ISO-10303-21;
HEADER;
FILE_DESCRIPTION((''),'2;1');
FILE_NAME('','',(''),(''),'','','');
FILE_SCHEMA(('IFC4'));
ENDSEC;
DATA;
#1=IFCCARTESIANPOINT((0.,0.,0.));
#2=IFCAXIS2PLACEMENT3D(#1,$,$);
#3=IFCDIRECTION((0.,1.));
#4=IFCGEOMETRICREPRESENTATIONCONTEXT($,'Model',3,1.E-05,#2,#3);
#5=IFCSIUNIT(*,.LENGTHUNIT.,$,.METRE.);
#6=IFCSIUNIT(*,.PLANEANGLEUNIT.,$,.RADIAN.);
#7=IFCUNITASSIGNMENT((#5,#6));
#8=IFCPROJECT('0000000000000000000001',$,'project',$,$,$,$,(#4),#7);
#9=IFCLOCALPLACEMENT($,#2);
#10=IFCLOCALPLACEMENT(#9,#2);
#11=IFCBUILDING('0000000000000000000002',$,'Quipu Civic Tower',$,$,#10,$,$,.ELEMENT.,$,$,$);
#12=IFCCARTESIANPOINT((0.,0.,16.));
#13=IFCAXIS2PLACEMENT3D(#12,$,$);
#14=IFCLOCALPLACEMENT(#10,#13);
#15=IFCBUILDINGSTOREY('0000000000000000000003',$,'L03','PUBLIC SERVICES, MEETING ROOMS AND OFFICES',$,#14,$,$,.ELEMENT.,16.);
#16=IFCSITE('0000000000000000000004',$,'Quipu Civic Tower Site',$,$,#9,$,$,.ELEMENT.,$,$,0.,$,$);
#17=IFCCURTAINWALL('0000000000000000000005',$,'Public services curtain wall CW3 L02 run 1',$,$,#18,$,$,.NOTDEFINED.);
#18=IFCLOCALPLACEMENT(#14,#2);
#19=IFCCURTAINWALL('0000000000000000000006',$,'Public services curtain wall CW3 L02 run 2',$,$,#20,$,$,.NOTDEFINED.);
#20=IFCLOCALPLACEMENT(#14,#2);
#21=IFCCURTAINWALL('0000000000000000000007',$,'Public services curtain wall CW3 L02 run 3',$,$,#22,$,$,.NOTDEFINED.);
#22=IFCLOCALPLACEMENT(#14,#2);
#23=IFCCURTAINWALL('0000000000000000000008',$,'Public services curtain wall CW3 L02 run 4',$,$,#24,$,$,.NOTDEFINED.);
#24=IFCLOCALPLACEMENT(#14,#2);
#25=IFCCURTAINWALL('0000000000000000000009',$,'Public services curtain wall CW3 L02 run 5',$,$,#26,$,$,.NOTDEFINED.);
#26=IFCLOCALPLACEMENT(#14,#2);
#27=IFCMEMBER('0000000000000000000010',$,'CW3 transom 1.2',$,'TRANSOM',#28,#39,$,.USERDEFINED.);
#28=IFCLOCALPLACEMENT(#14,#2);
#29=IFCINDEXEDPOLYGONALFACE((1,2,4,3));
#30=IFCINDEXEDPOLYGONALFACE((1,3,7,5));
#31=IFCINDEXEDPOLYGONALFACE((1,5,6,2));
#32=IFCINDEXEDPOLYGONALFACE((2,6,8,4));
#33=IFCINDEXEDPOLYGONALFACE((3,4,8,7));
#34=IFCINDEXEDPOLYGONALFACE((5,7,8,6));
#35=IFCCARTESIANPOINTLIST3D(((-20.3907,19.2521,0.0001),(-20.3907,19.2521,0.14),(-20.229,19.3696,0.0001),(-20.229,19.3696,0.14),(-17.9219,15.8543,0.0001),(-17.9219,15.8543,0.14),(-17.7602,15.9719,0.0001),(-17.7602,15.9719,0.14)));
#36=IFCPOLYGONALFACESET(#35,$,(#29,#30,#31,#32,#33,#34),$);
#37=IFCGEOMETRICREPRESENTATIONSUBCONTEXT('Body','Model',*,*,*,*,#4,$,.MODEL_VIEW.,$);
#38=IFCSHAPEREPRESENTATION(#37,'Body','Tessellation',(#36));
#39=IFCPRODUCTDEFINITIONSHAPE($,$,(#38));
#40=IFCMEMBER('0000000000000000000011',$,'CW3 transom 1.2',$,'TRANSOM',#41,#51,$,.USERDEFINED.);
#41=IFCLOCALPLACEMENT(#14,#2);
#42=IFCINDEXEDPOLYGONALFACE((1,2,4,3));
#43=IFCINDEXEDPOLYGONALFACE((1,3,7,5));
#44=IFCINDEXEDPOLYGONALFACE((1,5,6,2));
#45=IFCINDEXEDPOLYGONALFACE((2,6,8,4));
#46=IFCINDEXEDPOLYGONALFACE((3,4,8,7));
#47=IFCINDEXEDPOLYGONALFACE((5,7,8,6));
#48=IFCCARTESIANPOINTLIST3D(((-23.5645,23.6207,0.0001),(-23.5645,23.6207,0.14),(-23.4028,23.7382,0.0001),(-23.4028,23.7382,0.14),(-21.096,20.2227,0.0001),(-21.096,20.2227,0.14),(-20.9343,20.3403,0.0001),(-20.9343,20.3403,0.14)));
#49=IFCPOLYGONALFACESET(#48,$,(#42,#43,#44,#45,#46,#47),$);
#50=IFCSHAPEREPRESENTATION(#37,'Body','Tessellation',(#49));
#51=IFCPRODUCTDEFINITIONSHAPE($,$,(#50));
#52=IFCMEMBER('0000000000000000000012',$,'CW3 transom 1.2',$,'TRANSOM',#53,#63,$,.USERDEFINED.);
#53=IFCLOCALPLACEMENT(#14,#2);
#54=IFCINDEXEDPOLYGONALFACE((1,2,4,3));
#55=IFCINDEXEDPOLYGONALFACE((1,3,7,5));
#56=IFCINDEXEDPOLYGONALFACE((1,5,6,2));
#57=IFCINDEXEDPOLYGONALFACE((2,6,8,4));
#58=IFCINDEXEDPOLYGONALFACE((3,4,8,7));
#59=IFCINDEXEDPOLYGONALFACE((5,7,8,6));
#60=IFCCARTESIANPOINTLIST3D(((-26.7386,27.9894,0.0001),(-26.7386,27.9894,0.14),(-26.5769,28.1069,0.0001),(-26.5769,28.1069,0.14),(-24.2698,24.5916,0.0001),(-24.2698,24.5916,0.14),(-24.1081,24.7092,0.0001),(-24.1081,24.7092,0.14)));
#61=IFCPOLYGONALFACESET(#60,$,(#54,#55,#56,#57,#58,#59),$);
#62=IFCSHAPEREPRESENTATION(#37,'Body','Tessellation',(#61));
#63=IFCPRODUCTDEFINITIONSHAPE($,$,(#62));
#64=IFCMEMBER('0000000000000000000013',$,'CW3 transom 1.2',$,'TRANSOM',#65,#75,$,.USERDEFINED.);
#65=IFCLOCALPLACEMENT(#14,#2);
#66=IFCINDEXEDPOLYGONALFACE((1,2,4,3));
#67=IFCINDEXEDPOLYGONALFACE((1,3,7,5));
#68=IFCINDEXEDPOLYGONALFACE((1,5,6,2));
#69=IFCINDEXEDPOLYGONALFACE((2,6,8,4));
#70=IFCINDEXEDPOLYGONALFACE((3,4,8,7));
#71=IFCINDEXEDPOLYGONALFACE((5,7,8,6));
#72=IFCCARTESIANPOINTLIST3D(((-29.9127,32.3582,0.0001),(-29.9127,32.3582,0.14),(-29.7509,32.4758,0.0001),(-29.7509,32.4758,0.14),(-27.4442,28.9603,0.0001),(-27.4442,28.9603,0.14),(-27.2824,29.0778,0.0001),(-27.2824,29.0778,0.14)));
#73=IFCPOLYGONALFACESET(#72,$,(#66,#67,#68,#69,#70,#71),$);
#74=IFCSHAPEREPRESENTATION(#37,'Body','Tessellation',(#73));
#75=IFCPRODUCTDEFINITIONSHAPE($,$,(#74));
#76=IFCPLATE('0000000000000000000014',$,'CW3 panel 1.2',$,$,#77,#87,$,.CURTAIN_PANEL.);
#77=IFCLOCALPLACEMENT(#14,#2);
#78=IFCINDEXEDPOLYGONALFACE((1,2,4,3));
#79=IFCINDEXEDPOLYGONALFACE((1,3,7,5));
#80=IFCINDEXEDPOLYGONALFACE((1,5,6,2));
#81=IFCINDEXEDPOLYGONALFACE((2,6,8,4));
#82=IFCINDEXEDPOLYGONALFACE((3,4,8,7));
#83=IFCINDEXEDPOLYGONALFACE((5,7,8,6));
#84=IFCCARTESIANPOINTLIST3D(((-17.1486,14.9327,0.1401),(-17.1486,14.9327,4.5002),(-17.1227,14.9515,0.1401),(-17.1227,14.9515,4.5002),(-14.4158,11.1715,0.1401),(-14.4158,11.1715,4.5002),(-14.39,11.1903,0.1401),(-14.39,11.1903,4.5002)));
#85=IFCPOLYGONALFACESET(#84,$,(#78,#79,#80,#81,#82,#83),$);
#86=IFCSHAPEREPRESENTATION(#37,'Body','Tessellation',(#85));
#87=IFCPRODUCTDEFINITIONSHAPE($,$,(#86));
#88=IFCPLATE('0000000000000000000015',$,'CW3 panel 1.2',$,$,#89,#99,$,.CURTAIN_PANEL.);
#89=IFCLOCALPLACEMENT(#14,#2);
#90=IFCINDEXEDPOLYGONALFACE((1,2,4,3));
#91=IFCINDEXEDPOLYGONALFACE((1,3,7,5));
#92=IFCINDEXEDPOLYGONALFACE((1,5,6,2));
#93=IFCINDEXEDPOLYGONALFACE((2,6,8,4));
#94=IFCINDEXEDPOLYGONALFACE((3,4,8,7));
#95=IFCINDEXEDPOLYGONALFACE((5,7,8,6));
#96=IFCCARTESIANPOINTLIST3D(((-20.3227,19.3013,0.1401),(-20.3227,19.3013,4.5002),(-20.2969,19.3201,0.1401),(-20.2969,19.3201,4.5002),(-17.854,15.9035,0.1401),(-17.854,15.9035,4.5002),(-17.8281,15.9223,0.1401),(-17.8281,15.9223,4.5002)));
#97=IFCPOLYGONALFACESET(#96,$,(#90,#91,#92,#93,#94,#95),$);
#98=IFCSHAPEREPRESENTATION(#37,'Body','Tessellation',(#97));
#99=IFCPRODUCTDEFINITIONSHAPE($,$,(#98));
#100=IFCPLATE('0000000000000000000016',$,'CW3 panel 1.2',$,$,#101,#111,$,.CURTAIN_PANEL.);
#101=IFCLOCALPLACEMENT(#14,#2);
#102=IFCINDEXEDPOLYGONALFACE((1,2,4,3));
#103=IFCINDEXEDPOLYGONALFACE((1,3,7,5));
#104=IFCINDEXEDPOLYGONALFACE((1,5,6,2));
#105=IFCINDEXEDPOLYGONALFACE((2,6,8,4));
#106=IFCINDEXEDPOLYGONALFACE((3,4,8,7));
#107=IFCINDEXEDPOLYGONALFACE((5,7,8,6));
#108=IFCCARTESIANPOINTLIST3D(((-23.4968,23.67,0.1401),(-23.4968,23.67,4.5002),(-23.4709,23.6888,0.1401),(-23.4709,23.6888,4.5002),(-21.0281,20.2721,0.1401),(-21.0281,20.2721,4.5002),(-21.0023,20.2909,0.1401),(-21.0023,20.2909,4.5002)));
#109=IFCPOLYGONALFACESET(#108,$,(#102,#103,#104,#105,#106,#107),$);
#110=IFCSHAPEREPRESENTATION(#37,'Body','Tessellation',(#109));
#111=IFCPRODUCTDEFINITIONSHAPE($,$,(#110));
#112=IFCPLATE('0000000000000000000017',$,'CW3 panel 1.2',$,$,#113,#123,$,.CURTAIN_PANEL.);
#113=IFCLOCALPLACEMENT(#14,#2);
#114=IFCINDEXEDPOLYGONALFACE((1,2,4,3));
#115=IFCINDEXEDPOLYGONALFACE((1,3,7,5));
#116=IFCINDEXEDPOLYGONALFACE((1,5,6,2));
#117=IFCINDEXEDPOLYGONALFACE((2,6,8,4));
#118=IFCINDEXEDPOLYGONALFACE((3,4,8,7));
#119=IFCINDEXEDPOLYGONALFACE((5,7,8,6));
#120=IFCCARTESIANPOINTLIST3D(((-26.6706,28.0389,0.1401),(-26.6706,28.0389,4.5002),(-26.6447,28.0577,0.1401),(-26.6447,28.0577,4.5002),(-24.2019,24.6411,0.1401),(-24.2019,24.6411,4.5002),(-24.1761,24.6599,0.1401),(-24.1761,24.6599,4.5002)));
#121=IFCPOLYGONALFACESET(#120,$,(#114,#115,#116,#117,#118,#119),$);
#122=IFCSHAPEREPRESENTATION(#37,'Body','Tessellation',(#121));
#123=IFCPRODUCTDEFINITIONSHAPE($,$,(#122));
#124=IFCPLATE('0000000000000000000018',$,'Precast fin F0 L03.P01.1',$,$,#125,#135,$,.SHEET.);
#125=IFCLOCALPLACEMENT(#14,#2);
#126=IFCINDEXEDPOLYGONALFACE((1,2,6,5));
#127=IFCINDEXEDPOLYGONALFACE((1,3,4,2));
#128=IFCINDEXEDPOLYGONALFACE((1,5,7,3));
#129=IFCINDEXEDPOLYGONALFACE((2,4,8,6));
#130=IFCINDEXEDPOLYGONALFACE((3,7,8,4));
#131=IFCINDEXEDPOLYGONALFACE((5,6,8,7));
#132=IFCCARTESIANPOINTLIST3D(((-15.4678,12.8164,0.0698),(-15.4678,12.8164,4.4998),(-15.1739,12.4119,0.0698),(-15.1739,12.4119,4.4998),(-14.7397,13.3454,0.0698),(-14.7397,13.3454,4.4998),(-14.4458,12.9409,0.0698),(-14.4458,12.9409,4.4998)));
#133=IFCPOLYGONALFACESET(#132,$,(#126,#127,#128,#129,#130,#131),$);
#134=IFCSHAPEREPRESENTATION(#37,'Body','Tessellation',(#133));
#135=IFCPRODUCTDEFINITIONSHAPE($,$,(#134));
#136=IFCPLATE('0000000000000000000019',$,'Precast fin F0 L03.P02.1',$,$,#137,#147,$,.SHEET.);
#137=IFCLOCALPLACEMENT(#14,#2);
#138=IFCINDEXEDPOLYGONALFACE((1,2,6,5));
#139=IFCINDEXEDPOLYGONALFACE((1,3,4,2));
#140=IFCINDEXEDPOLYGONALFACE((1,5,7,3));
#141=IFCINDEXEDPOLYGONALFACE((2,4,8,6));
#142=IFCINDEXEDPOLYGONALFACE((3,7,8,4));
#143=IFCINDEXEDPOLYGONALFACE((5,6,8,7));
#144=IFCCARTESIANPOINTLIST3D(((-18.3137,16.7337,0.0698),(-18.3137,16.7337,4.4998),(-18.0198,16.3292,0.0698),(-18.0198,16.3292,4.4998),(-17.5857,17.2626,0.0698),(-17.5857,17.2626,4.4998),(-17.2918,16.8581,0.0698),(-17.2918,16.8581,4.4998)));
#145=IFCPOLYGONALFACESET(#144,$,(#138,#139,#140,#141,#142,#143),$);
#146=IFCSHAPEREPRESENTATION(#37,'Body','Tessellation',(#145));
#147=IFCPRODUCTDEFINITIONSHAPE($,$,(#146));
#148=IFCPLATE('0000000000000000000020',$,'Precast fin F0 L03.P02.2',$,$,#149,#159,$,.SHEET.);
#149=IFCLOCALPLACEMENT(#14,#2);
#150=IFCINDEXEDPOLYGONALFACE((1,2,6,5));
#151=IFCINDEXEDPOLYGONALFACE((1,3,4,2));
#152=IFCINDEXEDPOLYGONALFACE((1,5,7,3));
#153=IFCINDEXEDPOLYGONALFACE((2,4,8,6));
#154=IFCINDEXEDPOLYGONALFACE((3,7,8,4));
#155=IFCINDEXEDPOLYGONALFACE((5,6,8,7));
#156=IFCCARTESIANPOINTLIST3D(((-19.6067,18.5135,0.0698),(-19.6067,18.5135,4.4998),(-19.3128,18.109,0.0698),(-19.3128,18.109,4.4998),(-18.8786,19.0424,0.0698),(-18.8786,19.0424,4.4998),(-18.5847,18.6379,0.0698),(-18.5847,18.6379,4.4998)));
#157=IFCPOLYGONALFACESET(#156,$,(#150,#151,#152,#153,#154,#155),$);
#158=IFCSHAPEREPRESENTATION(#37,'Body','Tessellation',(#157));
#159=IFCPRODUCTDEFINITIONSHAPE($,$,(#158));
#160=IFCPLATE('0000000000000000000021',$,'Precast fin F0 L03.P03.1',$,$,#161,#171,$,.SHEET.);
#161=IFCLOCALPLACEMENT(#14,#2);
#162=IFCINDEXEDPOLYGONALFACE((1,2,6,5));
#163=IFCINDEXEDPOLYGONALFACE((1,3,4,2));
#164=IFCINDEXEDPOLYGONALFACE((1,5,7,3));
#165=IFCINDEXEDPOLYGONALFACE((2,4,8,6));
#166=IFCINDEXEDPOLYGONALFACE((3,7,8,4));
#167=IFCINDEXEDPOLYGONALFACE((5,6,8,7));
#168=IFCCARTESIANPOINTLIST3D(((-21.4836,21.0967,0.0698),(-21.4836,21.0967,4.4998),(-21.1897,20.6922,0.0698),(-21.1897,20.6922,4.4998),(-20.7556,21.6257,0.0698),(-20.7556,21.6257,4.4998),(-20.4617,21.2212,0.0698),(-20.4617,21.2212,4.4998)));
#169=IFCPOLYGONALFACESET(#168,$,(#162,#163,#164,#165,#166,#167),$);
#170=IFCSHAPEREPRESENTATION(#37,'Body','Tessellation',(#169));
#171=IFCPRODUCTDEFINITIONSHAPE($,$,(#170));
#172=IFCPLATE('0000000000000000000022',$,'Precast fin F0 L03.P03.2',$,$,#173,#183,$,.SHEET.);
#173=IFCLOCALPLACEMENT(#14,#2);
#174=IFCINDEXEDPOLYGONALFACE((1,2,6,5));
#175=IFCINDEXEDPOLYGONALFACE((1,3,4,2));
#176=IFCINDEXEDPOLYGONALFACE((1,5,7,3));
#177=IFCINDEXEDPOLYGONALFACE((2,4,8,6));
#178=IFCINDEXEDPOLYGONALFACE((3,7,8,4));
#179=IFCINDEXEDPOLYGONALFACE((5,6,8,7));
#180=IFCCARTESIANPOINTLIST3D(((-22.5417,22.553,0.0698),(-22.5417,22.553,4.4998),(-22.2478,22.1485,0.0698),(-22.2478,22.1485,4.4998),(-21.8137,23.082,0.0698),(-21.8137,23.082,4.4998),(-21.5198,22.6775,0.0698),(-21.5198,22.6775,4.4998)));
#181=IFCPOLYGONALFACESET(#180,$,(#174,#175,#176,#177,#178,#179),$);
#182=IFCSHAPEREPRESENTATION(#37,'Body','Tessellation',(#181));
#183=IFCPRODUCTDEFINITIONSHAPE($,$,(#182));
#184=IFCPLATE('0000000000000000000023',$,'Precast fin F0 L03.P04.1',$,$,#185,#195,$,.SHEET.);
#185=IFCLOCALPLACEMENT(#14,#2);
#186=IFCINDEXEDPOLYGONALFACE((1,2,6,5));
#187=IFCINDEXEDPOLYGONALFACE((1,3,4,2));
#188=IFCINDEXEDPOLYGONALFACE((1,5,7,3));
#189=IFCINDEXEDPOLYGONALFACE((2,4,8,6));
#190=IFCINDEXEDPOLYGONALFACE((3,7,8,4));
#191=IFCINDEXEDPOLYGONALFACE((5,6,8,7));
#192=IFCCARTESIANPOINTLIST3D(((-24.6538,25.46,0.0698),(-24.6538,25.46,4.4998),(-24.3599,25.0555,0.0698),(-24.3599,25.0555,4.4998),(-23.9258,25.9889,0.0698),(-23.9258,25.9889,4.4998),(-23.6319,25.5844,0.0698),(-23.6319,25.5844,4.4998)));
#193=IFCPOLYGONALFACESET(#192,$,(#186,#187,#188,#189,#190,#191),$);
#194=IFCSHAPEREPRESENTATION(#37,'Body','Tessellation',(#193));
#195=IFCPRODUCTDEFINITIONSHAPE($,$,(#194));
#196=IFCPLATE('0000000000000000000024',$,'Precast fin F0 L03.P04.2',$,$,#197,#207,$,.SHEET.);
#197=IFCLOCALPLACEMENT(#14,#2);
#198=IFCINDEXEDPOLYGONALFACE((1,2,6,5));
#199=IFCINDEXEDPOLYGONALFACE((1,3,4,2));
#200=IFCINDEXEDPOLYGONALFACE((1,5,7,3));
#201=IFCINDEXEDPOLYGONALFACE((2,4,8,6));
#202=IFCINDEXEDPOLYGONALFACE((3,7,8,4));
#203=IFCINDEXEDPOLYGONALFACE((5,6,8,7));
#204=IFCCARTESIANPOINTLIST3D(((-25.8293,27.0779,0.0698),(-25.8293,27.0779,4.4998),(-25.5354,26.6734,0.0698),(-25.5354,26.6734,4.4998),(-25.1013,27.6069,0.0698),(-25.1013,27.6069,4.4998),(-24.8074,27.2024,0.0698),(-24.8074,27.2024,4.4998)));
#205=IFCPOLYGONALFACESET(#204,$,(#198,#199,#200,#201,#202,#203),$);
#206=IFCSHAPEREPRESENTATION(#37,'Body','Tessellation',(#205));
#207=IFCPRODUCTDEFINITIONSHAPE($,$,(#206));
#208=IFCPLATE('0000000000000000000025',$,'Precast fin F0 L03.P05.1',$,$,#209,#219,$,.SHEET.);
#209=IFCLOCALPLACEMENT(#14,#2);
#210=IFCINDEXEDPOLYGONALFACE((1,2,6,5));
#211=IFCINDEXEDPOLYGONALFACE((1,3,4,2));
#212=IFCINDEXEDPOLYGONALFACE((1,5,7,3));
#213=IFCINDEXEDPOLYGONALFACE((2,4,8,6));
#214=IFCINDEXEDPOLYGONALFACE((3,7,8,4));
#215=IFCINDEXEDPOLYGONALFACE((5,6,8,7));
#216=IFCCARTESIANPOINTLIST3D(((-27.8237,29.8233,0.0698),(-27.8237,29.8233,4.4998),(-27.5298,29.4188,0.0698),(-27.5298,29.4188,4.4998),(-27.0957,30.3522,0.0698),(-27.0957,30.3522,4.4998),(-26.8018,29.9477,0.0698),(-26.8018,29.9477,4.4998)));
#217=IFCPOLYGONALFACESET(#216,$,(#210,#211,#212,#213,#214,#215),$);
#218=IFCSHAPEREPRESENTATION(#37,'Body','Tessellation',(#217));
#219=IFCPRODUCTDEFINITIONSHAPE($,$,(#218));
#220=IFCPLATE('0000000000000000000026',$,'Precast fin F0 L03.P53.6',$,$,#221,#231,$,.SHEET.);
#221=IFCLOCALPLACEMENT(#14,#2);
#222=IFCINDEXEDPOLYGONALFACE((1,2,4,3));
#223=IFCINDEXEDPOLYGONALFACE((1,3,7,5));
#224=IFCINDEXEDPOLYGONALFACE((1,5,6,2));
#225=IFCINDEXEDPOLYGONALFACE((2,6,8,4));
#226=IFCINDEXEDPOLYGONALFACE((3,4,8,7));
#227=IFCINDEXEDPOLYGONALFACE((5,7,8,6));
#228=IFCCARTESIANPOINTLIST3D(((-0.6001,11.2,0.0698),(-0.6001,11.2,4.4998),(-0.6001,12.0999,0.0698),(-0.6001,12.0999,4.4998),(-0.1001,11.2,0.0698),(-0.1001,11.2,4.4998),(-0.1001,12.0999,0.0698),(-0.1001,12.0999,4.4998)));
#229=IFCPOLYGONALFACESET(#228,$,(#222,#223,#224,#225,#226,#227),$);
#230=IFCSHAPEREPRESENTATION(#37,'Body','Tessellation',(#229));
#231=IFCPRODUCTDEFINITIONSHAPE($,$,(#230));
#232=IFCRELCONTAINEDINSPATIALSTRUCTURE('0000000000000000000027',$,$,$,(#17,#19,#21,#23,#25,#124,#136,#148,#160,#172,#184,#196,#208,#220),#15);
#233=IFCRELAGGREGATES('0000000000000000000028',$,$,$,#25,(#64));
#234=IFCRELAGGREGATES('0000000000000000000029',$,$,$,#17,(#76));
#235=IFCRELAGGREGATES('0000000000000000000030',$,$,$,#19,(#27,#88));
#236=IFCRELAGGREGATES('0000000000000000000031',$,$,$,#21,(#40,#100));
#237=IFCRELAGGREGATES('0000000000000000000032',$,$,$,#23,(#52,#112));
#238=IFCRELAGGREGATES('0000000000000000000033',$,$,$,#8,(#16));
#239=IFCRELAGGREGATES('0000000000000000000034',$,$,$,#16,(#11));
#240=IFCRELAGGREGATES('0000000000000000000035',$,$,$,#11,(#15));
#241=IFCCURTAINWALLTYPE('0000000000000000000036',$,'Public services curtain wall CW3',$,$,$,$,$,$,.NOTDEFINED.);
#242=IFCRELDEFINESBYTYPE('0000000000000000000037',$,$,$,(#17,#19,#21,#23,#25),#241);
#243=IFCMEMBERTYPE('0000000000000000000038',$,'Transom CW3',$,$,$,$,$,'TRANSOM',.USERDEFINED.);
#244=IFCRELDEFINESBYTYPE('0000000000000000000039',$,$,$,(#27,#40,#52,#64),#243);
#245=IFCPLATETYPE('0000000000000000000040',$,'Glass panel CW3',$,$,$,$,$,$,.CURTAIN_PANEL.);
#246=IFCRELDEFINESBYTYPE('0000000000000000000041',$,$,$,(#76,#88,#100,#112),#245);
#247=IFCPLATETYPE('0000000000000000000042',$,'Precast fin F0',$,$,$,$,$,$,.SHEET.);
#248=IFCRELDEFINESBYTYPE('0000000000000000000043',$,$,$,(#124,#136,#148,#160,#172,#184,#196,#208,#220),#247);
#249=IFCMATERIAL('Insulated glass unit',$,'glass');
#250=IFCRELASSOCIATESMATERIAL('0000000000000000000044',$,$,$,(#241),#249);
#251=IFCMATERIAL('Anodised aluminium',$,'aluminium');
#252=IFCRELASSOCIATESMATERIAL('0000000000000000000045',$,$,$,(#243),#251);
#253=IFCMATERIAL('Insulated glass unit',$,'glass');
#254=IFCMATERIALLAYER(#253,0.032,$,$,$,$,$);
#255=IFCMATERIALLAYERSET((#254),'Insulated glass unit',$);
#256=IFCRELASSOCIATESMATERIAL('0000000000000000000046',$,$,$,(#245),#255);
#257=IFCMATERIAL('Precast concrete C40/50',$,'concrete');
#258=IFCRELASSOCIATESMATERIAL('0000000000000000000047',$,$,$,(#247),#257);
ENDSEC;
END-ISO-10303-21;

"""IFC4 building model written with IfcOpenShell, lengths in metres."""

from ifc_helpers import new_model, si_unit, direction, frame, origin, origin_2d, place, context, subcontext, project, spatial, rectangle, extrude, material, layer, layer_set, material_profile, profile_set, type_object, element, aggregate, save


model = new_model("IFC4")

# Units and contexts
model_context = context("Model", 3, precision=1e-05, world=origin(), true_north=direction((0.0, 1.0)))
body_context = subcontext(model_context, "Body", "Model", "MODEL_VIEW")
ifc_project = project(units=[si_unit("LENGTHUNIT", "METRE"), si_unit("PLANEANGLEUNIT", "RADIAN")], contexts=[model_context])

# Site, building, storey
site_placement = place(None, origin())
site = spatial("IfcSite", under=ifc_project, at=site_placement, Name="Quipu Civic Tower Site", CompositionType="ELEMENT", RefElevation=0.0)
building_placement = place(site_placement, origin())
building = spatial("IfcBuilding", under=site, at=building_placement, Name="Quipu Civic Tower", CompositionType="ELEMENT")
storey_placement = place(building_placement, frame((0.0, 0.0, 16.0)))
storey = spatial("IfcBuildingStorey", under=building, at=storey_placement, Name="L03", Description="PUBLIC SERVICES, MEETING ROOMS AND OFFICES", CompositionType="ELEMENT", Elevation=16.0)

# Curtain wall
ifc_material_1 = material(Name="Insulated glass unit", Category="glass")
curtain_wall_type = type_object("IfcCurtainWallType", Name="Public services curtain wall CW3", PredefinedType="NOTDEFINED", material=ifc_material_1)
curtain_wall_1_placement = place(storey_placement, origin())
curtain_wall_1 = element("IfcCurtainWall", 1, at=curtain_wall_1_placement, inside=storey, type_object=curtain_wall_type, Name="Public services curtain wall CW3 L02 run 1", PredefinedType="NOTDEFINED")

# Curtain walls
curtain_wall_2_placement = place(storey_placement, origin())
curtain_wall_2 = element("IfcCurtainWall", 2, at=curtain_wall_2_placement, inside=storey, type_object=curtain_wall_type, Name="Public services curtain wall CW3 L02 run 2", PredefinedType="NOTDEFINED")
curtain_wall_3_placement = place(storey_placement, origin())
curtain_wall_3 = element("IfcCurtainWall", 3, at=curtain_wall_3_placement, inside=storey, type_object=curtain_wall_type, Name="Public services curtain wall CW3 L02 run 3", PredefinedType="NOTDEFINED")
curtain_wall_4_placement = place(storey_placement, origin())
curtain_wall_4 = element("IfcCurtainWall", 4, at=curtain_wall_4_placement, inside=storey, type_object=curtain_wall_type, Name="Public services curtain wall CW3 L02 run 4", PredefinedType="NOTDEFINED")

# Curtain wall
curtain_wall_5_placement = place(storey_placement, origin())
curtain_wall_5 = element("IfcCurtainWall", 5, at=curtain_wall_5_placement, inside=storey, type_object=curtain_wall_type, Name="Public services curtain wall CW3 L02 run 5", PredefinedType="NOTDEFINED")

# Members
ifc_material_2 = material(Name="Anodised aluminium", Category="aluminium")
ifc_material_profile_1 = material_profile(ifc_material_2, rectangle(XDim=0.2, YDim=0.1399, at=origin_2d()), Name="RECT 200x140")
ifc_profile_set_1 = profile_set([ifc_material_profile_1], Name="Anodised aluminium")
member_type_1 = type_object("IfcMemberType", Name="Transom CW3", ElementType="TRANSOM", PredefinedType="USERDEFINED", material=ifc_profile_set_1)
member_1_placement = place(storey_placement, frame((-17.8411, 15.9131, 0.0701), z_axis=(-0.587812, 0.808997, 0.0), x_axis=(-0.808997, -0.587812, 0.0)))
member_1 = element("IfcMember", 6, at=member_1_placement, type_object=member_type_1, Name="CW3 transom 1.2", ObjectType="TRANSOM", PredefinedType="USERDEFINED", context=body_context, shape_type="SweptSolid", body=[
    extrude(rectangle(XDim=0.2, YDim=0.1399, at=origin_2d()), origin(), (0.0, 0.0, 1.0), 4.2),
])
member_2_placement = place(storey_placement, frame((-21.0151, 20.2815, 0.0701), z_axis=(-0.587746, 0.809045, 0.0), x_axis=(-0.809045, -0.587746, 0.0)))
member_2 = element("IfcMember", 7, at=member_2_placement, type_object=member_type_1, Name="CW3 transom 1.2", ObjectType="TRANSOM", PredefinedType="USERDEFINED", context=body_context, shape_type="SweptSolid", body=[
    extrude(rectangle(XDim=0.2, YDim=0.1399, at=origin_2d()), origin(), (0.0, 0.0, 1.0), 4.2),
])
member_3_placement = place(storey_placement, frame((-24.189, 24.6504, 0.0701), z_axis=(-0.587812, 0.808997, 0.0), x_axis=(-0.808997, -0.587812, 0.0)))
member_3 = element("IfcMember", 8, at=member_3_placement, type_object=member_type_1, Name="CW3 transom 1.2", ObjectType="TRANSOM", PredefinedType="USERDEFINED", context=body_context, shape_type="SweptSolid", body=[
    extrude(rectangle(XDim=0.2, YDim=0.1399, at=origin_2d()), origin(), (0.0, 0.0, 1.0), 4.2),
])
member_4_placement = place(storey_placement, frame((-27.3633, 29.019, 0.0701), z_axis=(-0.587746, 0.809045, 0.0), x_axis=(-0.809045, -0.587746, 0.0)))
member_4 = element("IfcMember", 9, at=member_4_placement, type_object=member_type_1, Name="CW3 transom 1.2", ObjectType="TRANSOM", PredefinedType="USERDEFINED", context=body_context, shape_type="SweptSolid", body=[
    extrude(rectangle(XDim=0.2, YDim=0.1399, at=origin_2d()), origin(), (0.0, 0.0, 1.0), 4.2),
])
aggregate(curtain_wall_5, [member_4])

# Plates
ifc_material_3 = material(Name="Insulated glass unit", Category="glass")
ifc_layer_1 = layer(ifc_material_3, 0.032)
ifc_layer_set_1 = layer_set([ifc_layer_1], Name="Insulated glass unit")
plate_type_1 = type_object("IfcPlateType", Name="Glass panel CW3", PredefinedType="CURTAIN_PANEL", material=ifc_layer_set_1)
plate_1_placement = place(storey_placement, frame((-15.7693, 13.0615, 0.1401), z_axis=(0.0, 0.0, 1.0), x_axis=(-0.587795, 0.80901, 0.0)))
plate_1 = element("IfcPlate", 10, at=plate_1_placement, type_object=plate_type_1, Name="CW3 panel 1.2", PredefinedType="CURTAIN_PANEL", context=body_context, shape_type="SweptSolid", body=[
    extrude(rectangle(XDim=4.6492, YDim=0.032, at=origin_2d()), origin(), (0.0, 0.0, 1.0), 4.3601),
])
aggregate(curtain_wall_1, [plate_1])
plate_2_placement = place(storey_placement, frame((-19.0754, 17.6118, 0.1401), z_axis=(0.0, 0.0, 1.0), x_axis=(-0.5878, 0.809006, 0.0)))
plate_2 = element("IfcPlate", 11, at=plate_2_placement, type_object=plate_type_1, Name="CW3 panel 1.2", PredefinedType="CURTAIN_PANEL", context=body_context, shape_type="SweptSolid", body=[
    extrude(rectangle(XDim=4.2, YDim=0.032, at=origin_2d()), origin(), (0.0, 0.0, 1.0), 4.3601),
])
aggregate(curtain_wall_2, [member_1, plate_2])
plate_3_placement = place(storey_placement, frame((-22.2495, 21.9805, 0.1401), z_axis=(0.0, 0.0, 1.0), x_axis=(-0.587774, 0.809025, 0.0)))
plate_3 = element("IfcPlate", 12, at=plate_3_placement, type_object=plate_type_1, Name="CW3 panel 1.2", PredefinedType="CURTAIN_PANEL", context=body_context, shape_type="SweptSolid", body=[
    extrude(rectangle(XDim=4.2, YDim=0.032, at=origin_2d()), origin(), (0.0, 0.0, 1.0), 4.3601),
])
aggregate(curtain_wall_3, [member_2, plate_3])
plate_4_placement = place(storey_placement, frame((-25.4233, 26.3494, 0.1401), z_axis=(0.0, 0.0, 1.0), x_axis=(-0.587789, 0.809014, 0.0)))
plate_4 = element("IfcPlate", 13, at=plate_4_placement, type_object=plate_type_1, Name="CW3 panel 1.2", PredefinedType="CURTAIN_PANEL", context=body_context, shape_type="SweptSolid", body=[
    extrude(rectangle(XDim=4.2, YDim=0.032, at=origin_2d()), origin(), (0.0, 0.0, 1.0), 4.3601),
])
aggregate(curtain_wall_4, [member_3, plate_4])

# Plates
ifc_material_4 = material(Name="Precast concrete C40/50", Category="concrete")
plate_type_2 = type_object("IfcPlateType", Name="Precast fin F0", PredefinedType="SHEET", material=ifc_material_4)
for number, where, z_axis, x_axis, name in (
    (14, (-14.9568, 12.8787, 0.0698), (0.0, 0.0, 1.0), (-0.587785, 0.809017, 0.0), "Precast fin F0 L03.P01.1"),
    (15, (-17.8027, 16.7959, 0.0698), (0.0, 0.0, 1.0), (-0.587785, 0.809017, 0.0), "Precast fin F0 L03.P02.1"),
    (16, (-19.0957, 18.5757, 0.0698), (0.0, 0.0, 1.0), (-0.587785, 0.809017, 0.0), "Precast fin F0 L03.P02.2"),
    (17, (-20.9727, 21.1589, 0.0698), (0.0, 0.0, 1.0), (-0.587785, 0.809017, 0.0), "Precast fin F0 L03.P03.1"),
    (18, (-22.0308, 22.6152, 0.0698), (0.0, 0.0, 1.0), (-0.587785, 0.809017, 0.0), "Precast fin F0 L03.P03.2"),
    (19, (-24.1428, 25.5222, 0.0698), (0.0, 0.0, 1.0), (-0.587785, 0.809017, 0.0), "Precast fin F0 L03.P04.1"),
    (20, (-25.3184, 27.1401, 0.0698), (0.0, 0.0, 1.0), (-0.587785, 0.809017, 0.0), "Precast fin F0 L03.P04.2"),
    (21, (-27.3127, 29.8855, 0.0698), (0.0, 0.0, 1.0), (-0.587785, 0.809017, 0.0), "Precast fin F0 L03.P05.1"),
    (22, (-0.3501, 11.6499, 0.0698), (0.0, 0.0, 1.0), (-1.0, 0.0, 0.0), "Precast fin F0 L03.P53.6"),
):
    element("IfcPlate", number, at=place(storey_placement, frame(where, z_axis=z_axis, x_axis=x_axis)), inside=storey, type_object=plate_type_2, Name=name, PredefinedType="SHEET", context=body_context, shape_type="SweptSolid", body=[
        extrude(rectangle(XDim=0.5, YDim=0.8999, at=origin_2d()), origin(), (0.0, 0.0, 1.0), 4.4299),
    ])

save(model, "model.ifc")
